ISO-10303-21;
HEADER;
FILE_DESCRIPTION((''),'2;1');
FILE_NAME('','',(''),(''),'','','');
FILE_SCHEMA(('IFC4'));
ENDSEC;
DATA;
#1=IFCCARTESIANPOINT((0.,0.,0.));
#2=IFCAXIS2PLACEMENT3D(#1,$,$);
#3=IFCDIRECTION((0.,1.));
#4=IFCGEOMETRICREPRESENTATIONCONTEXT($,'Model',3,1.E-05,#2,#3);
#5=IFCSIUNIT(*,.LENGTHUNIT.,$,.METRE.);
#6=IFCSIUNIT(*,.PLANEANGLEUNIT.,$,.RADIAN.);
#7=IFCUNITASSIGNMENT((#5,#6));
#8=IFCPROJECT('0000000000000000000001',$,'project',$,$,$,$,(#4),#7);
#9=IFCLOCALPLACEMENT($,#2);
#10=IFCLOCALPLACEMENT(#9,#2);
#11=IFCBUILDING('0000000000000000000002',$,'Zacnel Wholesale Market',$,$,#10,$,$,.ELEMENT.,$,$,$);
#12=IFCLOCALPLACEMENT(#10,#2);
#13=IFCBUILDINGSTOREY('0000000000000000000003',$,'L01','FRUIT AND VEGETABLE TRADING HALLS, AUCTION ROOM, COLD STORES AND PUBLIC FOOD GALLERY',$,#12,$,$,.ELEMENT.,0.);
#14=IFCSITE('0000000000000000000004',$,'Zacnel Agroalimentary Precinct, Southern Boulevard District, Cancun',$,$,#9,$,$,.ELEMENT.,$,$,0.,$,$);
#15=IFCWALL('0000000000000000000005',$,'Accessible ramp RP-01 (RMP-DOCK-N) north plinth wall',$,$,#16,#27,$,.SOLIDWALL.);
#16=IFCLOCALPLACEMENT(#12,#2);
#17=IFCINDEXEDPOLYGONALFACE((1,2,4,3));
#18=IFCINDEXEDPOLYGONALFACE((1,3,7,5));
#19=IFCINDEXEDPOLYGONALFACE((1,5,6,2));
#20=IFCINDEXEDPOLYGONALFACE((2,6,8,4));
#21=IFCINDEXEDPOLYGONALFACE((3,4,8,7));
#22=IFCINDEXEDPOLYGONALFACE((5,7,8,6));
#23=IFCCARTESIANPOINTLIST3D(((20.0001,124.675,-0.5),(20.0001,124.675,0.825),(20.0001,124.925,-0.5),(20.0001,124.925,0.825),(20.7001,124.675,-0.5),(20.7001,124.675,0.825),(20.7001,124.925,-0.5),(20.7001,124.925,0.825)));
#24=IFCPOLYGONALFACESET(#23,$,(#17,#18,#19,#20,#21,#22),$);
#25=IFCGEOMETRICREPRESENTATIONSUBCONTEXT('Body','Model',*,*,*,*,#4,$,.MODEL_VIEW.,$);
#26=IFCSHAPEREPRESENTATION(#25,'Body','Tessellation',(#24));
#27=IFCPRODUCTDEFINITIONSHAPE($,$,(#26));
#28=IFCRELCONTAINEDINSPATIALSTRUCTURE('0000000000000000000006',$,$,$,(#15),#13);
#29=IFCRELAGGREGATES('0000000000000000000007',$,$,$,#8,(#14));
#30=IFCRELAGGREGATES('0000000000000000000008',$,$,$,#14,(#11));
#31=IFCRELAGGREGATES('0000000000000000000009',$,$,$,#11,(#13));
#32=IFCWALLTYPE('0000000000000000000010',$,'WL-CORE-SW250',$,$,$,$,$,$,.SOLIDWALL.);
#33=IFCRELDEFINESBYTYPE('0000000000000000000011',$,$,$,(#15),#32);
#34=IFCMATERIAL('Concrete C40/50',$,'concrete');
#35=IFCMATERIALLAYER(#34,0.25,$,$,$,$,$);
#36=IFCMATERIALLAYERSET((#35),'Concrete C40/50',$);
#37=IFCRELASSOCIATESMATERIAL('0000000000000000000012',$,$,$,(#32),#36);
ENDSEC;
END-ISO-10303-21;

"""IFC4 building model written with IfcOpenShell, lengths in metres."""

from ifc_helpers import new_model, si_unit, direction, frame, frame_2d, origin, place, context, subcontext, project, spatial, rectangle, extrude, material, layer, layer_set, type_object, element, save


model = new_model("IFC4")

# Units and contexts
model_context = context("Model", 3, precision=1e-05, world=origin(), true_north=direction((0.0, 1.0)))
body_context = subcontext(model_context, "Body", "Model", "MODEL_VIEW")
ifc_project = project(units=[si_unit("LENGTHUNIT", "METRE"), si_unit("PLANEANGLEUNIT", "RADIAN")], contexts=[model_context])

# Site, building, storey
site_placement = place(None, origin())
site = spatial("IfcSite", under=ifc_project, at=site_placement, Name="Zacnel Agroalimentary Precinct, Southern Boulevard District, Cancun", CompositionType="ELEMENT", RefElevation=0.0)
building_placement = place(site_placement, origin())
building = spatial("IfcBuilding", under=site, at=building_placement, Name="Zacnel Wholesale Market", CompositionType="ELEMENT")
storey_placement = place(building_placement, origin())
storey = spatial("IfcBuildingStorey", under=building, at=storey_placement, Name="L01", Description="FRUIT AND VEGETABLE TRADING HALLS, AUCTION ROOM, COLD STORES AND PUBLIC FOOD GALLERY", CompositionType="ELEMENT", Elevation=0.0)

# Wall
ifc_material_1 = material(Name="Concrete C40/50", Category="concrete")
ifc_layer_1 = layer(ifc_material_1, 0.25)
ifc_layer_set_1 = layer_set([ifc_layer_1], Name="Concrete C40/50")
wall_type_1 = type_object("IfcWallType", Name="WL-CORE-SW250", PredefinedType="SOLIDWALL", material=ifc_layer_set_1)
wall_1_placement = place(storey_placement, frame((20.0, 124.8, -0.5), z_axis=(0.0, 0.0, 1.0), x_axis=(1.0, 0.0, 0.0)))
element("IfcWall", 1, at=wall_1_placement, inside=storey, type_object=wall_type_1, Name="Accessible ramp RP-01 (RMP-DOCK-N) north plinth wall", PredefinedType="SOLIDWALL", context=body_context, shape_type="SweptSolid", body=[
    extrude(rectangle(XDim=0.7, YDim=0.25, at=frame_2d((0.3501, 0.0))), origin(), (0.0, 0.0, 1.0), 1.325),
])

save(model, "model.ifc")
